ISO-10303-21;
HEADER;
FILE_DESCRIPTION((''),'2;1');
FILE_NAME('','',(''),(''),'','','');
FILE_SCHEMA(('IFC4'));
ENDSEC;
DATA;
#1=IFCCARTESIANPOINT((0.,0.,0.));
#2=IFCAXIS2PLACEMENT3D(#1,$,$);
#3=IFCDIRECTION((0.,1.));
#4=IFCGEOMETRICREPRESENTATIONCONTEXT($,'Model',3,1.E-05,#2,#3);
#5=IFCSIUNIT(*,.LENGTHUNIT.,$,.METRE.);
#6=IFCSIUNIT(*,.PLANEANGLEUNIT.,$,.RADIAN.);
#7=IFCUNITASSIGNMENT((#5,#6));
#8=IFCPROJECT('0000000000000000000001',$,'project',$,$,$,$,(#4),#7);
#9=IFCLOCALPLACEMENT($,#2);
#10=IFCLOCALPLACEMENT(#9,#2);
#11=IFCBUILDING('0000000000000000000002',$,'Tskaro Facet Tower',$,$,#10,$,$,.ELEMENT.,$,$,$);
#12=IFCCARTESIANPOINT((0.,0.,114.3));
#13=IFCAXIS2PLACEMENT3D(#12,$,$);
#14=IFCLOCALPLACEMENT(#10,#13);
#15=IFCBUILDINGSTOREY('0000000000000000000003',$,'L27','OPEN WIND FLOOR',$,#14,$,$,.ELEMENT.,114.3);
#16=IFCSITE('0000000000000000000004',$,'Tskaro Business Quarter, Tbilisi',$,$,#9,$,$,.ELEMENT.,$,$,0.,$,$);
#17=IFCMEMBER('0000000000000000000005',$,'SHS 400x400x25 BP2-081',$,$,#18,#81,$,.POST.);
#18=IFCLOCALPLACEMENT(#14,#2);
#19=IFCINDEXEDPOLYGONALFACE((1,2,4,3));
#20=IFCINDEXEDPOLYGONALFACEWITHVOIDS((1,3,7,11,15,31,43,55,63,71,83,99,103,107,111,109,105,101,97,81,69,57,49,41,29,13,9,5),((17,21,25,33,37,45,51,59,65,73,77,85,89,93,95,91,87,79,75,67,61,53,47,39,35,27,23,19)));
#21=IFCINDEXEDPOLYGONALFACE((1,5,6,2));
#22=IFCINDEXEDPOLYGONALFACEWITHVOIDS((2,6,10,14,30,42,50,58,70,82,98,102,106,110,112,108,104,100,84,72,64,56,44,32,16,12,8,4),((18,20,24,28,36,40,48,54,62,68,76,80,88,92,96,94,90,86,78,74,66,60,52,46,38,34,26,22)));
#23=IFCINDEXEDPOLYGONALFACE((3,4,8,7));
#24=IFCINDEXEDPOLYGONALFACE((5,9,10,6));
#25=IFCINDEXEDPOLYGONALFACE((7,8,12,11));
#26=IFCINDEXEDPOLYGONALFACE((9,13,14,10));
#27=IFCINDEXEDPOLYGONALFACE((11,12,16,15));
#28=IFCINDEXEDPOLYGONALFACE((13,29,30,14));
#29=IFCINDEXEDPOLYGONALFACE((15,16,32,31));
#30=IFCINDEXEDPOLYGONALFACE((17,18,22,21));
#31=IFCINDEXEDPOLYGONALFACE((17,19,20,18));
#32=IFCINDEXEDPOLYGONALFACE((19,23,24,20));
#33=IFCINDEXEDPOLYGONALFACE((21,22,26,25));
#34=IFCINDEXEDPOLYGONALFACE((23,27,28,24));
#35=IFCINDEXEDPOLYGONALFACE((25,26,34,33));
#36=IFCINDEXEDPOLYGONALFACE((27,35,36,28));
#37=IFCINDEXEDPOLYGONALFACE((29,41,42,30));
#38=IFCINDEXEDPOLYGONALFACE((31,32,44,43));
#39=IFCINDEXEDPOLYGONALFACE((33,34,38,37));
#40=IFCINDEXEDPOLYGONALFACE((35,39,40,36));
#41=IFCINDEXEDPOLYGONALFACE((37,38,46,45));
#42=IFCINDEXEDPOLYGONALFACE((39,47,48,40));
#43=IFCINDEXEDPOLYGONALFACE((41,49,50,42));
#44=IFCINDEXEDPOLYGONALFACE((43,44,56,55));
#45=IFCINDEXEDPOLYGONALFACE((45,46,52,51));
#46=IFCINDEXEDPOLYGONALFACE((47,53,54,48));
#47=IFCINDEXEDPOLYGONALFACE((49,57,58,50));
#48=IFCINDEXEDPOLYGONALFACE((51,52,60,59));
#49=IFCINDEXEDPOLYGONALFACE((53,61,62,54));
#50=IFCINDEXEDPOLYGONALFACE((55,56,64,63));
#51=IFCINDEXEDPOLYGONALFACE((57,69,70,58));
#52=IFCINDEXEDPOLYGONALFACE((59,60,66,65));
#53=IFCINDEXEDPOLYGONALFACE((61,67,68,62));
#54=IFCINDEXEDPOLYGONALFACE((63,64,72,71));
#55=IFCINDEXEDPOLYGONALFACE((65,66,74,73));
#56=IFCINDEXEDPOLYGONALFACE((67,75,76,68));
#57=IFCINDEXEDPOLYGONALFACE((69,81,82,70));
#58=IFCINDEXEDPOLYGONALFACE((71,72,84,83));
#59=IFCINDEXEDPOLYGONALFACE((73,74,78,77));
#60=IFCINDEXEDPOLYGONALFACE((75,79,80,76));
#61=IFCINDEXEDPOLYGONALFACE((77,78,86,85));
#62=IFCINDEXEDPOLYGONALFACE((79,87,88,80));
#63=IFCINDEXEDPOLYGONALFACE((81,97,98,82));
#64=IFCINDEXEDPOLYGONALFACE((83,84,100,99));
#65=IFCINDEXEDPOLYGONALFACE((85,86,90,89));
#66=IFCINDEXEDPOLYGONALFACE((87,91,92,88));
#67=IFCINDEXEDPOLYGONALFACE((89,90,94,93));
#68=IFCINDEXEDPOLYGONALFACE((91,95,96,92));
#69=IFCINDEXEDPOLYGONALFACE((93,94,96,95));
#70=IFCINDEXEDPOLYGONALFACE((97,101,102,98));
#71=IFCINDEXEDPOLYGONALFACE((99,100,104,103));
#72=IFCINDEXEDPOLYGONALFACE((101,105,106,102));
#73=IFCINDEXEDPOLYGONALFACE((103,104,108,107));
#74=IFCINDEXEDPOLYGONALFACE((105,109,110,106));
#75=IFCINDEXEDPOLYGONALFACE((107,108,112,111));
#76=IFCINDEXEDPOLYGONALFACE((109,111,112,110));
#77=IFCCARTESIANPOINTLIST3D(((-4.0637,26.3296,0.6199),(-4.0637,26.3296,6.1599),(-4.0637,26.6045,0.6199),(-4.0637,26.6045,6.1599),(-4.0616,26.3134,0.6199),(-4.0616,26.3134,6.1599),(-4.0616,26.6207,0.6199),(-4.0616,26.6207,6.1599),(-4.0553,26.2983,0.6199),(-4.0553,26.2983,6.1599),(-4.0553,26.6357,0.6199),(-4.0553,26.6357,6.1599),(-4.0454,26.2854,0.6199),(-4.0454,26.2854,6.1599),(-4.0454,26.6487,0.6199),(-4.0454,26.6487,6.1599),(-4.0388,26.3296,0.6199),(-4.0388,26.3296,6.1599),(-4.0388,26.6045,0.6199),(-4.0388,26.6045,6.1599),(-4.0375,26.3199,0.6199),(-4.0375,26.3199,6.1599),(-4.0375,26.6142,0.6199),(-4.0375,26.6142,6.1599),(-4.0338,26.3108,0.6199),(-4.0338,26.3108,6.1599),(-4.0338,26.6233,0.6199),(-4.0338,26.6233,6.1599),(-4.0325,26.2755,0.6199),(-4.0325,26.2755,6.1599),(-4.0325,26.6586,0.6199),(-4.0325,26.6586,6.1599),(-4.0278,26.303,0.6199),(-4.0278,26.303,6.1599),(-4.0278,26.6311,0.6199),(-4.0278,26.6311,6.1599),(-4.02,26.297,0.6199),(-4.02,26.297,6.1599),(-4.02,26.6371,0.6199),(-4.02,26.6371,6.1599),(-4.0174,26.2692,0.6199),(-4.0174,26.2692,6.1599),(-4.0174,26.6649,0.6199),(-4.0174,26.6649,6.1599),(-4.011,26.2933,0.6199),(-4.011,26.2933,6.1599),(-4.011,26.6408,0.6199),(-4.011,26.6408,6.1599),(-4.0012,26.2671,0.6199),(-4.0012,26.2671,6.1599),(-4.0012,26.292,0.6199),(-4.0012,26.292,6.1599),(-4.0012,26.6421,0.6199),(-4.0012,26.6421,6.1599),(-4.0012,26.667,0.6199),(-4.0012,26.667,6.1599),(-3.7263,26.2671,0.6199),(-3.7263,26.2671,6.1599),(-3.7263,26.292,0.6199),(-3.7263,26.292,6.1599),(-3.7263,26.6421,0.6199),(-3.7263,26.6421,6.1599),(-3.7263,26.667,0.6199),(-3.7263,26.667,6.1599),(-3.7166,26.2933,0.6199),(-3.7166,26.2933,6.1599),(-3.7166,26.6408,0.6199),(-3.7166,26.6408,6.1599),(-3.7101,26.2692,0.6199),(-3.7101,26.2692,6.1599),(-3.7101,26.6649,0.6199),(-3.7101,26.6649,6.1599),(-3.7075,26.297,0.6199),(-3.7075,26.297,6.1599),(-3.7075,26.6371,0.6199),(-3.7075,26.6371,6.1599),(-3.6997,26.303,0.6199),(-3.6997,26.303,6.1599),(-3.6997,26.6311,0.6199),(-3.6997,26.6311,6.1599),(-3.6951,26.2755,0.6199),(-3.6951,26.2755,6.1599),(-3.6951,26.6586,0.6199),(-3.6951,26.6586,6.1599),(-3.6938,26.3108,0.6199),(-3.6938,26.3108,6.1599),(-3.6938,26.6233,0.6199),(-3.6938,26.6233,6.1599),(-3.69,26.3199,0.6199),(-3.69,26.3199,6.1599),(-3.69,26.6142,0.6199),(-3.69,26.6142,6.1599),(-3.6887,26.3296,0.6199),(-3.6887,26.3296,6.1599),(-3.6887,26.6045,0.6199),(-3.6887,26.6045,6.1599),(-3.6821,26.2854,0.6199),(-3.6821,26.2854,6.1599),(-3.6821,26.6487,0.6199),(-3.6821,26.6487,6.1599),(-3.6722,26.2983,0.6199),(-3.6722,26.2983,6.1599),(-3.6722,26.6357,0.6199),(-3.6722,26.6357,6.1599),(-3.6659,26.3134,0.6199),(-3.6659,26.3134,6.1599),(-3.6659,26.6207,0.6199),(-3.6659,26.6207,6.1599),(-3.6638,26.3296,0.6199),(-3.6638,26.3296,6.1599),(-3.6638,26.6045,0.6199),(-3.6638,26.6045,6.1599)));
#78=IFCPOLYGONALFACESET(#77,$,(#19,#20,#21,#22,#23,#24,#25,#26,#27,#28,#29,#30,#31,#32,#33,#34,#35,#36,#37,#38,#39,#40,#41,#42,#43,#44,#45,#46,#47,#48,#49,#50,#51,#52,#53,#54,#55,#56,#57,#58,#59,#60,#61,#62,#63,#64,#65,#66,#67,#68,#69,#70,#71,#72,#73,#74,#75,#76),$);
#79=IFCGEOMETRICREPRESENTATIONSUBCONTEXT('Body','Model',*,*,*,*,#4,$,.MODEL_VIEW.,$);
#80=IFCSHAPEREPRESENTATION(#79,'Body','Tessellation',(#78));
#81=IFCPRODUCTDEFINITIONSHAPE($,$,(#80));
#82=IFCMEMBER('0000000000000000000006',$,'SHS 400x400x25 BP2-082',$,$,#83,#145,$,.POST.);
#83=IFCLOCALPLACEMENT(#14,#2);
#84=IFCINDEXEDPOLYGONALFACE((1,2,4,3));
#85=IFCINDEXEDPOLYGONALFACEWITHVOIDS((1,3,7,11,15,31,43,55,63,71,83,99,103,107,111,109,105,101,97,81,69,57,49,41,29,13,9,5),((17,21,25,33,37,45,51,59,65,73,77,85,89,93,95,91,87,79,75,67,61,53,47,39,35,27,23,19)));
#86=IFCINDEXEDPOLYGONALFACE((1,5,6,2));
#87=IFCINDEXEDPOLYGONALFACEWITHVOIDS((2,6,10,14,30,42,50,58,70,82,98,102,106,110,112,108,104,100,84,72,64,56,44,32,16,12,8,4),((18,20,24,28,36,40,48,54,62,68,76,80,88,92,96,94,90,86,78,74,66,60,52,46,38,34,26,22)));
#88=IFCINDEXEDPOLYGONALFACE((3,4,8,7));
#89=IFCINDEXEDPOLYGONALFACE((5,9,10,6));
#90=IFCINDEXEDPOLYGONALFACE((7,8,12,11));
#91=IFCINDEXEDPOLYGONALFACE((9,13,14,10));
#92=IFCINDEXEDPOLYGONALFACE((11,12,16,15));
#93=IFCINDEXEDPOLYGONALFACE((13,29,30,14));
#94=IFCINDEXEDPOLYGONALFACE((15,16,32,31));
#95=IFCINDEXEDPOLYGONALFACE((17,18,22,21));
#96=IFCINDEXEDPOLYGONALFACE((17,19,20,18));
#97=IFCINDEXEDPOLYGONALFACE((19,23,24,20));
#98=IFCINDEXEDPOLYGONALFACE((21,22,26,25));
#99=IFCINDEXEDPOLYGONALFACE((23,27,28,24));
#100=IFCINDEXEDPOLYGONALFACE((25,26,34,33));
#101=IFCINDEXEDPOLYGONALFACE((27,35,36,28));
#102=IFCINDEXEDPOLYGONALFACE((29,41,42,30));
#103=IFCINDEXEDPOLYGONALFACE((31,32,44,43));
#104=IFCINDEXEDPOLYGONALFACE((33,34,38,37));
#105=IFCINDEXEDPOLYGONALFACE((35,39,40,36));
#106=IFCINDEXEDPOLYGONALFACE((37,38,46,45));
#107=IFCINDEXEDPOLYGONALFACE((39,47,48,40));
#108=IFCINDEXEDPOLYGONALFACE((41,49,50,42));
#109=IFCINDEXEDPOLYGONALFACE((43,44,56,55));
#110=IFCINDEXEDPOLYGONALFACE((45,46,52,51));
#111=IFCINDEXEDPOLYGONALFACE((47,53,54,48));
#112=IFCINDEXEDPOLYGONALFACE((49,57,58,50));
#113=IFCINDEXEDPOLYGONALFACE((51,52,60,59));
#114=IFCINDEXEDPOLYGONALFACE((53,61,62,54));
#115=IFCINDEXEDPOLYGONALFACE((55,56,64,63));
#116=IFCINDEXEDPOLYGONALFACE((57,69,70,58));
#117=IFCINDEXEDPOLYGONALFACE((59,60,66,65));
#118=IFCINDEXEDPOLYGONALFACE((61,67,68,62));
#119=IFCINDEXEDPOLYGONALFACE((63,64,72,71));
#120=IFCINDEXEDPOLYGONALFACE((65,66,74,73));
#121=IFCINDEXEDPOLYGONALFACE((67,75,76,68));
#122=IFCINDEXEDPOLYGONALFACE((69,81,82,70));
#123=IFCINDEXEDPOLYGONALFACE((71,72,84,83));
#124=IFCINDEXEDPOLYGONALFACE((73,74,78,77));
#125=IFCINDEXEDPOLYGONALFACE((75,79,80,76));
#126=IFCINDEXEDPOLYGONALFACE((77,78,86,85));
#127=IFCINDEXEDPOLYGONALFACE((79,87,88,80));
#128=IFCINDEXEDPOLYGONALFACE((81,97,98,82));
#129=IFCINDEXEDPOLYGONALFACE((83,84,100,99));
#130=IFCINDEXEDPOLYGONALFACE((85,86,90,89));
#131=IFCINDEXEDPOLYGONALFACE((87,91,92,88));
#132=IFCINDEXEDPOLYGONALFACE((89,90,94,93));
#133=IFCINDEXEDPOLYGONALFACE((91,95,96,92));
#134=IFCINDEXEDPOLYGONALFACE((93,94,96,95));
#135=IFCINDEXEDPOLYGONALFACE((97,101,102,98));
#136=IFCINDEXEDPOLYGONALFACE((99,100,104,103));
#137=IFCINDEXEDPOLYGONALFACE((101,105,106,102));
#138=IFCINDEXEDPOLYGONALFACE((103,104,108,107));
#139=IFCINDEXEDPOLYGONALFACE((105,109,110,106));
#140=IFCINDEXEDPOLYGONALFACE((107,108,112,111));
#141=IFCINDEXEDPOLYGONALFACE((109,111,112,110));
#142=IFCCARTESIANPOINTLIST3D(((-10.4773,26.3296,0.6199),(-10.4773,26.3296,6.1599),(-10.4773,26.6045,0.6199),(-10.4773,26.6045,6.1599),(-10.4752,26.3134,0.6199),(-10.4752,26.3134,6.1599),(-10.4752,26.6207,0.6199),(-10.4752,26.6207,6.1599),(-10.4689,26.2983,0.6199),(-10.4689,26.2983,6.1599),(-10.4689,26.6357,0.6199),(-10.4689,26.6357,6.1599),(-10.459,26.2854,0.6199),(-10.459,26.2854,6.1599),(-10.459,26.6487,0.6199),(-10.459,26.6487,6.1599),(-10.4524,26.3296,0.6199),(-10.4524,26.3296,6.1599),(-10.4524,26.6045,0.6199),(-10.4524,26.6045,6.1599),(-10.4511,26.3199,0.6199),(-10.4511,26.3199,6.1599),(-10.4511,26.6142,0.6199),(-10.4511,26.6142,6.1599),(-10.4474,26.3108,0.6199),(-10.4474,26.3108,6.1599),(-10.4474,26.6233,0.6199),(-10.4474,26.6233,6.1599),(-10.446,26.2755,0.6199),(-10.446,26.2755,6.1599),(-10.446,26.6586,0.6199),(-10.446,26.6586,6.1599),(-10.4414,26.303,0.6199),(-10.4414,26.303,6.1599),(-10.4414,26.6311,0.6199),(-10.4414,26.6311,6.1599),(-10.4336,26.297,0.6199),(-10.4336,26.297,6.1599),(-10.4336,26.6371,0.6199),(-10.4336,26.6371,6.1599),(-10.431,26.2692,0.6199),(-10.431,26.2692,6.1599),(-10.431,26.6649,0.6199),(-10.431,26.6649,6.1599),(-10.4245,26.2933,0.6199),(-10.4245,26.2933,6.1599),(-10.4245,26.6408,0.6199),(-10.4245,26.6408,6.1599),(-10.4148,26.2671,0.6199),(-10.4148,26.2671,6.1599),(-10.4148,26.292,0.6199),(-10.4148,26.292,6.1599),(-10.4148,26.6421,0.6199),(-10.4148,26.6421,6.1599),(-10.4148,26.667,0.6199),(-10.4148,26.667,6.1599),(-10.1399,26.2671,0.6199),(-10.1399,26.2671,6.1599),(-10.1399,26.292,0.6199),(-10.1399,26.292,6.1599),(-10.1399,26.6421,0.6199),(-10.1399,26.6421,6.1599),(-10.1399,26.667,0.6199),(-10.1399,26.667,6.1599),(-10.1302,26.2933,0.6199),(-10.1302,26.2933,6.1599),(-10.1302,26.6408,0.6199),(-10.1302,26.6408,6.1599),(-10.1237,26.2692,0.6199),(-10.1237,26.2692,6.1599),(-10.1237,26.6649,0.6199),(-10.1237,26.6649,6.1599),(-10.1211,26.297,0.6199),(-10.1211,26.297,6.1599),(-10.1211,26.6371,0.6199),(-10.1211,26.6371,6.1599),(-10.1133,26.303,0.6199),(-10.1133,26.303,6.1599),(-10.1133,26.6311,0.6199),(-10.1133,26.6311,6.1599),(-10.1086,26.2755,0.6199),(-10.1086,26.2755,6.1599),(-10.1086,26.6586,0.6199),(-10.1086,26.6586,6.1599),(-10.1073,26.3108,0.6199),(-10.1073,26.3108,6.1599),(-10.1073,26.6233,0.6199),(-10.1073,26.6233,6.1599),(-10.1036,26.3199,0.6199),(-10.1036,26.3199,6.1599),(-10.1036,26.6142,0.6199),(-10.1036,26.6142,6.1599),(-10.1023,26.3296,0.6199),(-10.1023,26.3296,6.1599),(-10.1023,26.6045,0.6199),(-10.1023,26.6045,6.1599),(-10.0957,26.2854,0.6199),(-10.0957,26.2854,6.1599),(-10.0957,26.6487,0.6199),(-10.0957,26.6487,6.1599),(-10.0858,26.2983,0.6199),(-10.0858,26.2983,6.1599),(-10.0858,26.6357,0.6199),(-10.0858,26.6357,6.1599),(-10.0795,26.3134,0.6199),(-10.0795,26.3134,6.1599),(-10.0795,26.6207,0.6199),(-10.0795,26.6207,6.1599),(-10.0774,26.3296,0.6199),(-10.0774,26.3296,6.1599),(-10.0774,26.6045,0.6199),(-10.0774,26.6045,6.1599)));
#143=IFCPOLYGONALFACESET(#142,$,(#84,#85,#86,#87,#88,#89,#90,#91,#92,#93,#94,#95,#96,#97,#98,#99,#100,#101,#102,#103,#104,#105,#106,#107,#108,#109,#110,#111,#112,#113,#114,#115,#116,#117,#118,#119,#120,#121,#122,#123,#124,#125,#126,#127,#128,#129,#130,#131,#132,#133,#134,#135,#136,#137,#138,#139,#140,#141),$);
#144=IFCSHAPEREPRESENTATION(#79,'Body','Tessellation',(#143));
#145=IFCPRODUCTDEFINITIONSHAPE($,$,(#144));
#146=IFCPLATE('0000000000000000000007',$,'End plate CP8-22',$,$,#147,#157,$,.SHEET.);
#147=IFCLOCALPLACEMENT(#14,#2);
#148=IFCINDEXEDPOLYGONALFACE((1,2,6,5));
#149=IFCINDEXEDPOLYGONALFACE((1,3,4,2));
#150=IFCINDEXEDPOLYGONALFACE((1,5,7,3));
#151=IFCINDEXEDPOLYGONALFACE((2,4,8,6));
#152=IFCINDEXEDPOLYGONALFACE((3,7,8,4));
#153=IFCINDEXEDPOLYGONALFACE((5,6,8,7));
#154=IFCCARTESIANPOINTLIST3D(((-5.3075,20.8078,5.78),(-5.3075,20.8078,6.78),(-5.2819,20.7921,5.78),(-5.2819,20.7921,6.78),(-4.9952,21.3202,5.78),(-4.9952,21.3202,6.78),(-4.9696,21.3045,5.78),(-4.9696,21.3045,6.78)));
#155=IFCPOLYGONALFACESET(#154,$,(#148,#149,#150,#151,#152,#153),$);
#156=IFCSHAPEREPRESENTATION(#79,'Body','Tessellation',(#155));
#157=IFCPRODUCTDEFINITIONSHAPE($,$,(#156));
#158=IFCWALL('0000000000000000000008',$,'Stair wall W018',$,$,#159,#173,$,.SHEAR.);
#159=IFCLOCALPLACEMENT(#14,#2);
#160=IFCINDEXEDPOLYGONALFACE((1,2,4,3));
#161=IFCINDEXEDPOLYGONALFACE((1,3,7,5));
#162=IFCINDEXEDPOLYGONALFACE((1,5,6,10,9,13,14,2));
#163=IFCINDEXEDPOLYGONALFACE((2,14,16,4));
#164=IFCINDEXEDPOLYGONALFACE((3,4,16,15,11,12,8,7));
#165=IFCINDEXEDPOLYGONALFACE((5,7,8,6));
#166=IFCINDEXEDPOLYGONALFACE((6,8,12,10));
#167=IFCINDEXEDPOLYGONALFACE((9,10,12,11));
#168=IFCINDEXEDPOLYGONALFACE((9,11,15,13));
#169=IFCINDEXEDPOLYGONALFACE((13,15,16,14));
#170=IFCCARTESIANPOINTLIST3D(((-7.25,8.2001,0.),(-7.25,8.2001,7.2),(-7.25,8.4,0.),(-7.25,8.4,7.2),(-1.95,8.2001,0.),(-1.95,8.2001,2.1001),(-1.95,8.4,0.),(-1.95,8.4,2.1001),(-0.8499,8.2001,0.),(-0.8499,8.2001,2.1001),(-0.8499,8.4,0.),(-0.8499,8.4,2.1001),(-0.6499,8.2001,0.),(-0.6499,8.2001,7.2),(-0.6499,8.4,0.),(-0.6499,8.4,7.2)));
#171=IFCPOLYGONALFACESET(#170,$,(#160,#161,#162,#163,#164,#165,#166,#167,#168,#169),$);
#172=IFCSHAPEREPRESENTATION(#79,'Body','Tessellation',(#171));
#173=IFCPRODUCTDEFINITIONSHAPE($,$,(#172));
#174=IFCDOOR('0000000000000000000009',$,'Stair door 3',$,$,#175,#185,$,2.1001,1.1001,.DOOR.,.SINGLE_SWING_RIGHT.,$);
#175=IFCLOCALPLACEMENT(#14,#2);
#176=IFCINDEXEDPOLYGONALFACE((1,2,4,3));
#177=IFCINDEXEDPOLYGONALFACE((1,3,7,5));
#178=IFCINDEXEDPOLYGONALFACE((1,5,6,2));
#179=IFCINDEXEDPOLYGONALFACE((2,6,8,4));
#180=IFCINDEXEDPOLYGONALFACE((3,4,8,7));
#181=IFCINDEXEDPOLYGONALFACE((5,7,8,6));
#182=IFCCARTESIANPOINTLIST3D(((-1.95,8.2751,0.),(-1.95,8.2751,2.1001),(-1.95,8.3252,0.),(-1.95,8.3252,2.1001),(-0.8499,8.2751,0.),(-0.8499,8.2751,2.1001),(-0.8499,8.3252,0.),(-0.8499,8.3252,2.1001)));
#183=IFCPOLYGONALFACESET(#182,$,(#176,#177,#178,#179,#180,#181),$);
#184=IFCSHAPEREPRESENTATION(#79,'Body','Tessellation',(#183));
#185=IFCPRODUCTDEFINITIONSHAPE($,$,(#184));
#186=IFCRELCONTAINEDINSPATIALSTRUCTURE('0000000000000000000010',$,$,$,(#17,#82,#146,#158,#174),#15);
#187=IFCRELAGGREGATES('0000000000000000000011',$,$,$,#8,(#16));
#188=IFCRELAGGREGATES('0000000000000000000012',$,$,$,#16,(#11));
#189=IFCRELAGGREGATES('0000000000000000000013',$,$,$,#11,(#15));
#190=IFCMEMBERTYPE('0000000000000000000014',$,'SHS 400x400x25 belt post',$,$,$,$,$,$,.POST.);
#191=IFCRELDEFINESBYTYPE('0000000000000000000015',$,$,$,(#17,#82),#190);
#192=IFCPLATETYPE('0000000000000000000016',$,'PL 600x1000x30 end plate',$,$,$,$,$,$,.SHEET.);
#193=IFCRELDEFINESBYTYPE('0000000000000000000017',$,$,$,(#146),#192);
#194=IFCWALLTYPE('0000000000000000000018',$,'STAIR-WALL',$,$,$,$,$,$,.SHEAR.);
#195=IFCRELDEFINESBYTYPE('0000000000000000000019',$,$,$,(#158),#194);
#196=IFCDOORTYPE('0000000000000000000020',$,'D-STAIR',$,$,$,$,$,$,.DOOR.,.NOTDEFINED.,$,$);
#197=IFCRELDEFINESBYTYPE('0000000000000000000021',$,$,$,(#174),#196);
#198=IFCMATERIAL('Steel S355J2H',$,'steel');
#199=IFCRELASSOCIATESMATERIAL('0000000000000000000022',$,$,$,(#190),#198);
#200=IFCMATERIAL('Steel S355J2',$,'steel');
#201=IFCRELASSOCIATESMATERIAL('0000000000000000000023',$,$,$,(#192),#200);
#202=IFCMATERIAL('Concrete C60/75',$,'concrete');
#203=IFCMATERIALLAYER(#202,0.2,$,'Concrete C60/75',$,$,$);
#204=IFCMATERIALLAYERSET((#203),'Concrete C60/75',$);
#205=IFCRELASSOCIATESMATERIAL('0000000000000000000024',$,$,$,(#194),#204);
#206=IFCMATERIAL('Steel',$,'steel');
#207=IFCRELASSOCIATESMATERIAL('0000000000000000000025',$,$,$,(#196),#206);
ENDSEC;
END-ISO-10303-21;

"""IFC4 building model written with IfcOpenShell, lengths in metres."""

from ifc_helpers import new_model, si_unit, direction, frame, frame_2d, origin, origin_2d, place, context, subcontext, project, spatial, rectangle, hollow_rectangle, extrude, material, layer, layer_set, material_profile, profile_set, type_object, element, fill, save


model = new_model("IFC4")

# Units and contexts
model_context = context("Model", 3, precision=1e-05, world=origin(), true_north=direction((0.0, 1.0)))
body_context = subcontext(model_context, "Body", "Model", "MODEL_VIEW")
ifc_project = project(units=[si_unit("LENGTHUNIT", "METRE"), si_unit("PLANEANGLEUNIT", "RADIAN")], contexts=[model_context])

# Site, building, storey
site_placement = place(None, origin())
site = spatial("IfcSite", under=ifc_project, at=site_placement, Name="Tskaro Business Quarter, Tbilisi", CompositionType="ELEMENT", RefElevation=0.0)
building_placement = place(site_placement, origin())
building = spatial("IfcBuilding", under=site, at=building_placement, Name="Tskaro Facet Tower", CompositionType="ELEMENT")
storey_placement = place(building_placement, frame((0.0, 0.0, 114.3)))
storey = spatial("IfcBuildingStorey", under=building, at=storey_placement, Name="L27", Description="OPEN WIND FLOOR", CompositionType="ELEMENT", Elevation=114.3)

# Shared definitions
ifc_material_1 = material(Name="Steel S355J2H", Category="steel")

# Shared definitions
ifc_material_2 = material(Name="Steel S355J2", Category="steel")

# Members
ifc_material_profile_1 = material_profile(ifc_material_1, hollow_rectangle(XDim=0.3999, YDim=0.3999, WallThickness=0.0249, InnerFilletRadius=0.0376, OuterFilletRadius=0.0625, at=origin_2d()), Name="SHS 400x400x25")
ifc_profile_set_1 = profile_set([ifc_material_profile_1], Name="Steel S355J2H")
member_type_1 = type_object("IfcMemberType", Name="SHS 400x400x25 belt post", PredefinedType="POST", material=ifc_profile_set_1)
for number, where, z_axis, x_axis, name in (
    (1, (-3.8638, 26.467, 0.6199), (0.0, 0.0, 1.0), (1.0, 0.0, 0.0), "SHS 400x400x25 BP2-081"),
    (2, (-10.2773, 26.467, 0.6199), (0.0, 0.0, 1.0), (1.0, 0.0, 0.0), "SHS 400x400x25 BP2-082"),
):
    element("IfcMember", number, at=place(storey_placement, frame(where, z_axis=z_axis, x_axis=x_axis)), inside=storey, type_object=member_type_1, Name=name, PredefinedType="POST", context=body_context, shape_type="SweptSolid", body=[
        extrude(hollow_rectangle(XDim=0.3999, YDim=0.3999, WallThickness=0.0249, InnerFilletRadius=0.0376, OuterFilletRadius=0.0625, at=origin_2d()), origin(), (0.0, 0.0, 1.0), 5.54),
    ])

# Plate
ifc_material_profile_2 = material_profile(ifc_material_2, rectangle(XDim=0.6001, YDim=1.0, at=origin_2d()), Name="PL 600x1000x30 end plate")
ifc_profile_set_2 = profile_set([ifc_material_profile_2], Name="Steel S355J2")
plate_type = type_object("IfcPlateType", Name="PL 600x1000x30 end plate", PredefinedType="SHEET", material=ifc_profile_set_2)
plate_placement = place(storey_placement, frame((-5.1514, 21.064, 6.28), z_axis=(0.853884, -0.520463, 0.0), x_axis=(0.520463, 0.853884, 0.0)))
element("IfcPlate", 3, at=plate_placement, inside=storey, type_object=plate_type, Name="End plate CP8-22", PredefinedType="SHEET", context=body_context, shape_type="SweptSolid", body=[
    extrude(rectangle(XDim=0.6001, YDim=1.0, at=origin_2d()), origin(), (0.0, 0.0, 1.0), 0.03),
])

# Wall, opening, door
ifc_material_3 = material(Name="Concrete C60/75", Category="concrete")
ifc_layer = layer(ifc_material_3, 0.2, Name="Concrete C60/75")
ifc_layer_set = layer_set([ifc_layer], Name="Concrete C60/75")
wall_type = type_object("IfcWallType", Name="STAIR-WALL", PredefinedType="SHEAR", material=ifc_layer_set)
wall_placement = place(storey_placement, frame((-0.6499, 8.3, 0.0), z_axis=(0.0, 0.0, 1.0), x_axis=(-1.0, 0.0, 0.0)))
wall = element("IfcWall", 4, at=wall_placement, inside=storey, type_object=wall_type, Name="Stair wall W018", PredefinedType="SHEAR", context=body_context, shape_type="SweptSolid", body=[
    extrude(rectangle(XDim=6.6001, YDim=0.2, at=frame_2d((3.3, 0.0))), origin(), (0.0, 0.0, 1.0), 7.2),
])
opening_placement = place(wall_placement, frame((0.2, 0.0, 0.0)))
opening = element("IfcOpeningElement", 5, at=opening_placement, cuts=wall, PredefinedType="OPENING", context=body_context, shape_type="SweptSolid", body=[
    extrude(rectangle(XDim=1.1001, YDim=2.1001, at=frame_2d((0.55, 1.05))), frame((0.0, 0.1099, 0.0), z_axis=(0.0, -1.0, 0.0), x_axis=(1.0, 0.0, 0.0)), (0.0, 0.0, 1.0), 0.22),
])
ifc_material_4 = material(Name="Steel", Category="steel")
door_type = type_object("IfcDoorType", Name="D-STAIR", OperationType="NOTDEFINED", PredefinedType="DOOR", material=ifc_material_4)
door_placement = place(opening_placement, origin())
door = element("IfcDoor", 6, at=door_placement, inside=storey, type_object=door_type, Name="Stair door 3", OperationType="SINGLE_SWING_RIGHT", OverallHeight=2.1001, OverallWidth=1.1001, PredefinedType="DOOR", context=body_context, shape_type="SweptSolid", body=[
    extrude(rectangle(XDim=1.1001, YDim=2.1001, at=frame_2d((0.55, 1.05))), frame((0.0, 0.0249, 0.0), z_axis=(0.0, -1.0, 0.0), x_axis=(1.0, 0.0, 0.0)), (0.0, 0.0, 1.0), 0.05),
])
fill(opening, door)

save(model, "model.ifc")
